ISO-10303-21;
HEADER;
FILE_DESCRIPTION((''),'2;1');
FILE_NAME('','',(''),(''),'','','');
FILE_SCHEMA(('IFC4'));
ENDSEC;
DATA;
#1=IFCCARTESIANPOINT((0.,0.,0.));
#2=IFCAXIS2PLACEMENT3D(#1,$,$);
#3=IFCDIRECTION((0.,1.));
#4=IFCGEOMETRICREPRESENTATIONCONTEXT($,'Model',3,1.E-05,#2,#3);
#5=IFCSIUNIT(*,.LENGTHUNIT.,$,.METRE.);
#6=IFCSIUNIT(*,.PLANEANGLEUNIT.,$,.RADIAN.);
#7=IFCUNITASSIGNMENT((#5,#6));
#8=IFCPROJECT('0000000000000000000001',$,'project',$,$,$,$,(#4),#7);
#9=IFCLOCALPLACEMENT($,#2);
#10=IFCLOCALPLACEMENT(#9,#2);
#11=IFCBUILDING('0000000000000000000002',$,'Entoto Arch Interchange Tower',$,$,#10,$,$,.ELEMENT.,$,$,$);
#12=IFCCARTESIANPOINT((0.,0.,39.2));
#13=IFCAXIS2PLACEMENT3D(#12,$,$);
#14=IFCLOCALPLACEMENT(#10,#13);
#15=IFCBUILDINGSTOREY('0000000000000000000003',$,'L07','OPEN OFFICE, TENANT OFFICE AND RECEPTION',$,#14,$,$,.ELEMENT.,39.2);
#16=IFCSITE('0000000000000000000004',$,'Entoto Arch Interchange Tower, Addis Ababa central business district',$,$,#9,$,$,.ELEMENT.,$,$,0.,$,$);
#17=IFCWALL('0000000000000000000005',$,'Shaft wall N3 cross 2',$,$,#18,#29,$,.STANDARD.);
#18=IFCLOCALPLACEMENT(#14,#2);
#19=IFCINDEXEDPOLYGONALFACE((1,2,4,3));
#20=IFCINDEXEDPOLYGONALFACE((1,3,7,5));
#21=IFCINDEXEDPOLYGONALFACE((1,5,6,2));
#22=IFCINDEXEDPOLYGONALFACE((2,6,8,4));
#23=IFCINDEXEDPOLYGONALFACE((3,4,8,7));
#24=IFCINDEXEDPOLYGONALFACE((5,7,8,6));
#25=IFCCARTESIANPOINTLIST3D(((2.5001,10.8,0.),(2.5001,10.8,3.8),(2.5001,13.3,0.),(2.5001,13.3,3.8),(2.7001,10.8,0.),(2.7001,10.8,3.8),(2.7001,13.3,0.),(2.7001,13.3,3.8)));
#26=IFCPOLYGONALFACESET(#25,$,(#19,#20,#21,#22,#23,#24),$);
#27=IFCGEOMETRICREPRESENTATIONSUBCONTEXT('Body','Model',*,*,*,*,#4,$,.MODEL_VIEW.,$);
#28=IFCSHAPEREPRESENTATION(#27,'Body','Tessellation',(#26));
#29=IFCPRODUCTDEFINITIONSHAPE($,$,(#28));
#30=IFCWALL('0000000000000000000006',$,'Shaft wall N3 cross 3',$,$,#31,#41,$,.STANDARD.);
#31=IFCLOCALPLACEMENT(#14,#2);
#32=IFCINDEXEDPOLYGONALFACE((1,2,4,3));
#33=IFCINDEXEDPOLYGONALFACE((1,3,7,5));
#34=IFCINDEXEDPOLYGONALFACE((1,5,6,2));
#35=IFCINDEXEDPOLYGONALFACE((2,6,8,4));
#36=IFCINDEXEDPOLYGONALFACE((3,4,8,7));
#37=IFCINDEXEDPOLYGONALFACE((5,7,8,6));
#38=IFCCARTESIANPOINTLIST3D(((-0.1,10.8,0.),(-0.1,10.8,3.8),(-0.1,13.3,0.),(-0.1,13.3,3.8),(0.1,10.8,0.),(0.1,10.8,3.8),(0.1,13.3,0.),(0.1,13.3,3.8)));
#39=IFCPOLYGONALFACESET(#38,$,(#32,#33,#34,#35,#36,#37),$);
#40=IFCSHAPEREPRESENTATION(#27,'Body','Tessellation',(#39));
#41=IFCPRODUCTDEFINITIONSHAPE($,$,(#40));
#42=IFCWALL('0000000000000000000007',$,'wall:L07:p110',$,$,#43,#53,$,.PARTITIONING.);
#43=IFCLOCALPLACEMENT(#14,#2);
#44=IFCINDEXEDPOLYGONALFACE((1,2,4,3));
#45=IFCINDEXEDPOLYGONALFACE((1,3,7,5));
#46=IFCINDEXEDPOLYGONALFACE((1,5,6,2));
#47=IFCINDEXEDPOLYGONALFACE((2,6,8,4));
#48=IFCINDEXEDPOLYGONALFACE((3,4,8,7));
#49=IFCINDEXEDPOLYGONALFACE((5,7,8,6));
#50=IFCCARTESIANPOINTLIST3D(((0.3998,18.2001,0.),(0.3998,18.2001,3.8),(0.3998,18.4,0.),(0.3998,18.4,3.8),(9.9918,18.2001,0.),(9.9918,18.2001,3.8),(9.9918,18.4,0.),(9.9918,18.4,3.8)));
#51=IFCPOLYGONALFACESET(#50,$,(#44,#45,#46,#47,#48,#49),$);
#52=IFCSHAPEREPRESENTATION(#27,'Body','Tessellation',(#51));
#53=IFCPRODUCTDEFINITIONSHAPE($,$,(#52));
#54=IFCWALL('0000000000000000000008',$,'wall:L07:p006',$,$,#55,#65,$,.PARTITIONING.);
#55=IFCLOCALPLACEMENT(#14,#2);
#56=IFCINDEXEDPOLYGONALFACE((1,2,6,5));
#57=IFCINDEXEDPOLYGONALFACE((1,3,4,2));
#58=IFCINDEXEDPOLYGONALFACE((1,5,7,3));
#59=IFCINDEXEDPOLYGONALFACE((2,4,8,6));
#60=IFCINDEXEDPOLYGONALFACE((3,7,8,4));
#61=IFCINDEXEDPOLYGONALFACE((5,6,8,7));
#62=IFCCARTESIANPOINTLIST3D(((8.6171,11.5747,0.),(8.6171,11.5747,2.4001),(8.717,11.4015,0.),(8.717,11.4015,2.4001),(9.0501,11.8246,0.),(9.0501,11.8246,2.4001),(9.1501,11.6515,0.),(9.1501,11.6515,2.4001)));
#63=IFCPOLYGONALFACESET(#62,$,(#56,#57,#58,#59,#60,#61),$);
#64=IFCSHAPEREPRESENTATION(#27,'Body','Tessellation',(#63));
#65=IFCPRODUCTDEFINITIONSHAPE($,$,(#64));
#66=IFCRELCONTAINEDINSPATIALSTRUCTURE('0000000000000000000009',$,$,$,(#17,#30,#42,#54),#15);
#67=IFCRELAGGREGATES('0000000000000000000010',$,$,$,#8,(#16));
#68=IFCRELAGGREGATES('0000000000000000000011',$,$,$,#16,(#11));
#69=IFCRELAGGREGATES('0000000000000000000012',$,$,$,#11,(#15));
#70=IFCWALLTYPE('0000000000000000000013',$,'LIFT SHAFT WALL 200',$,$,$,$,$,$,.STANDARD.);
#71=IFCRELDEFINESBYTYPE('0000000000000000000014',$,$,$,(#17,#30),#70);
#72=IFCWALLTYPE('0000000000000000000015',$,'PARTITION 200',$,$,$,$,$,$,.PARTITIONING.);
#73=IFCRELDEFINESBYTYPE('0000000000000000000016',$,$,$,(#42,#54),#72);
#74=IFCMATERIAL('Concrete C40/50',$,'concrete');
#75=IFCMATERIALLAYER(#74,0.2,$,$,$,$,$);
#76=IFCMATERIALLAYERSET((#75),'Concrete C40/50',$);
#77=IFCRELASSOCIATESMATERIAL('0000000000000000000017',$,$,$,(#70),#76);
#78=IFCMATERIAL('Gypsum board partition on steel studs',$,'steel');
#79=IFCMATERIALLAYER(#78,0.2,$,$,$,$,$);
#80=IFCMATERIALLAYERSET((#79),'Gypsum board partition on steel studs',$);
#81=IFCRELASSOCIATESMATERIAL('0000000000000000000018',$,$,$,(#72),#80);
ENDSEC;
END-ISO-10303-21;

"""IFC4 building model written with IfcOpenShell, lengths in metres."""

from ifc_helpers import new_model, si_unit, direction, frame, frame_2d, origin, place, context, subcontext, project, spatial, rectangle, extrude, material, layer, layer_set, type_object, element, save


model = new_model("IFC4")

# Units and contexts
model_context = context("Model", 3, precision=1e-05, world=origin(), true_north=direction((0.0, 1.0)))
body_context = subcontext(model_context, "Body", "Model", "MODEL_VIEW")
ifc_project = project(units=[si_unit("LENGTHUNIT", "METRE"), si_unit("PLANEANGLEUNIT", "RADIAN")], contexts=[model_context])

# Site, building, storey
site_placement = place(None, origin())
site = spatial("IfcSite", under=ifc_project, at=site_placement, Name="Entoto Arch Interchange Tower, Addis Ababa central business district", CompositionType="ELEMENT", RefElevation=0.0)
building_placement = place(site_placement, origin())
building = spatial("IfcBuilding", under=site, at=building_placement, Name="Entoto Arch Interchange Tower", CompositionType="ELEMENT")
storey_placement = place(building_placement, frame((0.0, 0.0, 39.2)))
storey = spatial("IfcBuildingStorey", under=building, at=storey_placement, Name="L07", Description="OPEN OFFICE, TENANT OFFICE AND RECEPTION", CompositionType="ELEMENT", Elevation=39.2)

# Shared definitions
ifc_material_1 = material(Name="Concrete C40/50", Category="concrete")

# Walls
ifc_layer_1 = layer(ifc_material_1, 0.2)
ifc_layer_set_1 = layer_set([ifc_layer_1], Name="Concrete C40/50")
wall_type_1 = type_object("IfcWallType", Name="LIFT SHAFT WALL 200", PredefinedType="STANDARD", material=ifc_layer_set_1)
for number, where, z_axis, x_axis, name in (
    (1, (2.6001, 10.8, 0.0), (0.0, 0.0, 1.0), (0.0, 1.0, 0.0), "Shaft wall N3 cross 2"),
    (2, (0.0, 10.8, 0.0), (0.0, 0.0, 1.0), (0.0, 1.0, 0.0), "Shaft wall N3 cross 3"),
):
    element("IfcWall", number, at=place(storey_placement, frame(where, z_axis=z_axis, x_axis=x_axis)), inside=storey, type_object=wall_type_1, Name=name, PredefinedType="STANDARD", context=body_context, shape_type="SweptSolid", body=[
        extrude(rectangle(XDim=2.5, YDim=0.2, at=frame_2d((1.25, 0.0))), origin(), (0.0, 0.0, 1.0), 3.8),
    ])
ifc_material_2 = material(Name="Gypsum board partition on steel studs", Category="steel")
ifc_layer_2 = layer(ifc_material_2, 0.2)
ifc_layer_set_2 = layer_set([ifc_layer_2], Name="Gypsum board partition on steel studs")
wall_type_2 = type_object("IfcWallType", Name="PARTITION 200", PredefinedType="PARTITIONING", material=ifc_layer_set_2)
wall_1_placement = place(storey_placement, frame((0.3999, 18.3, 0.0), z_axis=(0.0, 0.0, 1.0), x_axis=(1.0, 0.0, 0.0)))
element("IfcWall", 3, at=wall_1_placement, inside=storey, type_object=wall_type_2, Name="wall:L07:p110", PredefinedType="PARTITIONING", context=body_context, shape_type="SweptSolid", body=[
    extrude(rectangle(XDim=9.592, YDim=0.2, at=frame_2d((4.7959, 0.0))), origin(), (0.0, 0.0, 1.0), 3.8),
])
wall_2_placement = place(storey_placement, frame((9.1001, 11.738, 0.0), z_axis=(0.0, 0.0, 1.0), x_axis=(-0.866072, -0.49992, 0.0)))
element("IfcWall", 4, at=wall_2_placement, inside=storey, type_object=wall_type_2, Name="wall:L07:p006", PredefinedType="PARTITIONING", context=body_context, shape_type="SweptSolid", body=[
    extrude(rectangle(XDim=0.5, YDim=0.2, at=frame_2d((0.25, 0.0))), origin(), (0.0, 0.0, 1.0), 2.4001),
])

save(model, "model.ifc")
